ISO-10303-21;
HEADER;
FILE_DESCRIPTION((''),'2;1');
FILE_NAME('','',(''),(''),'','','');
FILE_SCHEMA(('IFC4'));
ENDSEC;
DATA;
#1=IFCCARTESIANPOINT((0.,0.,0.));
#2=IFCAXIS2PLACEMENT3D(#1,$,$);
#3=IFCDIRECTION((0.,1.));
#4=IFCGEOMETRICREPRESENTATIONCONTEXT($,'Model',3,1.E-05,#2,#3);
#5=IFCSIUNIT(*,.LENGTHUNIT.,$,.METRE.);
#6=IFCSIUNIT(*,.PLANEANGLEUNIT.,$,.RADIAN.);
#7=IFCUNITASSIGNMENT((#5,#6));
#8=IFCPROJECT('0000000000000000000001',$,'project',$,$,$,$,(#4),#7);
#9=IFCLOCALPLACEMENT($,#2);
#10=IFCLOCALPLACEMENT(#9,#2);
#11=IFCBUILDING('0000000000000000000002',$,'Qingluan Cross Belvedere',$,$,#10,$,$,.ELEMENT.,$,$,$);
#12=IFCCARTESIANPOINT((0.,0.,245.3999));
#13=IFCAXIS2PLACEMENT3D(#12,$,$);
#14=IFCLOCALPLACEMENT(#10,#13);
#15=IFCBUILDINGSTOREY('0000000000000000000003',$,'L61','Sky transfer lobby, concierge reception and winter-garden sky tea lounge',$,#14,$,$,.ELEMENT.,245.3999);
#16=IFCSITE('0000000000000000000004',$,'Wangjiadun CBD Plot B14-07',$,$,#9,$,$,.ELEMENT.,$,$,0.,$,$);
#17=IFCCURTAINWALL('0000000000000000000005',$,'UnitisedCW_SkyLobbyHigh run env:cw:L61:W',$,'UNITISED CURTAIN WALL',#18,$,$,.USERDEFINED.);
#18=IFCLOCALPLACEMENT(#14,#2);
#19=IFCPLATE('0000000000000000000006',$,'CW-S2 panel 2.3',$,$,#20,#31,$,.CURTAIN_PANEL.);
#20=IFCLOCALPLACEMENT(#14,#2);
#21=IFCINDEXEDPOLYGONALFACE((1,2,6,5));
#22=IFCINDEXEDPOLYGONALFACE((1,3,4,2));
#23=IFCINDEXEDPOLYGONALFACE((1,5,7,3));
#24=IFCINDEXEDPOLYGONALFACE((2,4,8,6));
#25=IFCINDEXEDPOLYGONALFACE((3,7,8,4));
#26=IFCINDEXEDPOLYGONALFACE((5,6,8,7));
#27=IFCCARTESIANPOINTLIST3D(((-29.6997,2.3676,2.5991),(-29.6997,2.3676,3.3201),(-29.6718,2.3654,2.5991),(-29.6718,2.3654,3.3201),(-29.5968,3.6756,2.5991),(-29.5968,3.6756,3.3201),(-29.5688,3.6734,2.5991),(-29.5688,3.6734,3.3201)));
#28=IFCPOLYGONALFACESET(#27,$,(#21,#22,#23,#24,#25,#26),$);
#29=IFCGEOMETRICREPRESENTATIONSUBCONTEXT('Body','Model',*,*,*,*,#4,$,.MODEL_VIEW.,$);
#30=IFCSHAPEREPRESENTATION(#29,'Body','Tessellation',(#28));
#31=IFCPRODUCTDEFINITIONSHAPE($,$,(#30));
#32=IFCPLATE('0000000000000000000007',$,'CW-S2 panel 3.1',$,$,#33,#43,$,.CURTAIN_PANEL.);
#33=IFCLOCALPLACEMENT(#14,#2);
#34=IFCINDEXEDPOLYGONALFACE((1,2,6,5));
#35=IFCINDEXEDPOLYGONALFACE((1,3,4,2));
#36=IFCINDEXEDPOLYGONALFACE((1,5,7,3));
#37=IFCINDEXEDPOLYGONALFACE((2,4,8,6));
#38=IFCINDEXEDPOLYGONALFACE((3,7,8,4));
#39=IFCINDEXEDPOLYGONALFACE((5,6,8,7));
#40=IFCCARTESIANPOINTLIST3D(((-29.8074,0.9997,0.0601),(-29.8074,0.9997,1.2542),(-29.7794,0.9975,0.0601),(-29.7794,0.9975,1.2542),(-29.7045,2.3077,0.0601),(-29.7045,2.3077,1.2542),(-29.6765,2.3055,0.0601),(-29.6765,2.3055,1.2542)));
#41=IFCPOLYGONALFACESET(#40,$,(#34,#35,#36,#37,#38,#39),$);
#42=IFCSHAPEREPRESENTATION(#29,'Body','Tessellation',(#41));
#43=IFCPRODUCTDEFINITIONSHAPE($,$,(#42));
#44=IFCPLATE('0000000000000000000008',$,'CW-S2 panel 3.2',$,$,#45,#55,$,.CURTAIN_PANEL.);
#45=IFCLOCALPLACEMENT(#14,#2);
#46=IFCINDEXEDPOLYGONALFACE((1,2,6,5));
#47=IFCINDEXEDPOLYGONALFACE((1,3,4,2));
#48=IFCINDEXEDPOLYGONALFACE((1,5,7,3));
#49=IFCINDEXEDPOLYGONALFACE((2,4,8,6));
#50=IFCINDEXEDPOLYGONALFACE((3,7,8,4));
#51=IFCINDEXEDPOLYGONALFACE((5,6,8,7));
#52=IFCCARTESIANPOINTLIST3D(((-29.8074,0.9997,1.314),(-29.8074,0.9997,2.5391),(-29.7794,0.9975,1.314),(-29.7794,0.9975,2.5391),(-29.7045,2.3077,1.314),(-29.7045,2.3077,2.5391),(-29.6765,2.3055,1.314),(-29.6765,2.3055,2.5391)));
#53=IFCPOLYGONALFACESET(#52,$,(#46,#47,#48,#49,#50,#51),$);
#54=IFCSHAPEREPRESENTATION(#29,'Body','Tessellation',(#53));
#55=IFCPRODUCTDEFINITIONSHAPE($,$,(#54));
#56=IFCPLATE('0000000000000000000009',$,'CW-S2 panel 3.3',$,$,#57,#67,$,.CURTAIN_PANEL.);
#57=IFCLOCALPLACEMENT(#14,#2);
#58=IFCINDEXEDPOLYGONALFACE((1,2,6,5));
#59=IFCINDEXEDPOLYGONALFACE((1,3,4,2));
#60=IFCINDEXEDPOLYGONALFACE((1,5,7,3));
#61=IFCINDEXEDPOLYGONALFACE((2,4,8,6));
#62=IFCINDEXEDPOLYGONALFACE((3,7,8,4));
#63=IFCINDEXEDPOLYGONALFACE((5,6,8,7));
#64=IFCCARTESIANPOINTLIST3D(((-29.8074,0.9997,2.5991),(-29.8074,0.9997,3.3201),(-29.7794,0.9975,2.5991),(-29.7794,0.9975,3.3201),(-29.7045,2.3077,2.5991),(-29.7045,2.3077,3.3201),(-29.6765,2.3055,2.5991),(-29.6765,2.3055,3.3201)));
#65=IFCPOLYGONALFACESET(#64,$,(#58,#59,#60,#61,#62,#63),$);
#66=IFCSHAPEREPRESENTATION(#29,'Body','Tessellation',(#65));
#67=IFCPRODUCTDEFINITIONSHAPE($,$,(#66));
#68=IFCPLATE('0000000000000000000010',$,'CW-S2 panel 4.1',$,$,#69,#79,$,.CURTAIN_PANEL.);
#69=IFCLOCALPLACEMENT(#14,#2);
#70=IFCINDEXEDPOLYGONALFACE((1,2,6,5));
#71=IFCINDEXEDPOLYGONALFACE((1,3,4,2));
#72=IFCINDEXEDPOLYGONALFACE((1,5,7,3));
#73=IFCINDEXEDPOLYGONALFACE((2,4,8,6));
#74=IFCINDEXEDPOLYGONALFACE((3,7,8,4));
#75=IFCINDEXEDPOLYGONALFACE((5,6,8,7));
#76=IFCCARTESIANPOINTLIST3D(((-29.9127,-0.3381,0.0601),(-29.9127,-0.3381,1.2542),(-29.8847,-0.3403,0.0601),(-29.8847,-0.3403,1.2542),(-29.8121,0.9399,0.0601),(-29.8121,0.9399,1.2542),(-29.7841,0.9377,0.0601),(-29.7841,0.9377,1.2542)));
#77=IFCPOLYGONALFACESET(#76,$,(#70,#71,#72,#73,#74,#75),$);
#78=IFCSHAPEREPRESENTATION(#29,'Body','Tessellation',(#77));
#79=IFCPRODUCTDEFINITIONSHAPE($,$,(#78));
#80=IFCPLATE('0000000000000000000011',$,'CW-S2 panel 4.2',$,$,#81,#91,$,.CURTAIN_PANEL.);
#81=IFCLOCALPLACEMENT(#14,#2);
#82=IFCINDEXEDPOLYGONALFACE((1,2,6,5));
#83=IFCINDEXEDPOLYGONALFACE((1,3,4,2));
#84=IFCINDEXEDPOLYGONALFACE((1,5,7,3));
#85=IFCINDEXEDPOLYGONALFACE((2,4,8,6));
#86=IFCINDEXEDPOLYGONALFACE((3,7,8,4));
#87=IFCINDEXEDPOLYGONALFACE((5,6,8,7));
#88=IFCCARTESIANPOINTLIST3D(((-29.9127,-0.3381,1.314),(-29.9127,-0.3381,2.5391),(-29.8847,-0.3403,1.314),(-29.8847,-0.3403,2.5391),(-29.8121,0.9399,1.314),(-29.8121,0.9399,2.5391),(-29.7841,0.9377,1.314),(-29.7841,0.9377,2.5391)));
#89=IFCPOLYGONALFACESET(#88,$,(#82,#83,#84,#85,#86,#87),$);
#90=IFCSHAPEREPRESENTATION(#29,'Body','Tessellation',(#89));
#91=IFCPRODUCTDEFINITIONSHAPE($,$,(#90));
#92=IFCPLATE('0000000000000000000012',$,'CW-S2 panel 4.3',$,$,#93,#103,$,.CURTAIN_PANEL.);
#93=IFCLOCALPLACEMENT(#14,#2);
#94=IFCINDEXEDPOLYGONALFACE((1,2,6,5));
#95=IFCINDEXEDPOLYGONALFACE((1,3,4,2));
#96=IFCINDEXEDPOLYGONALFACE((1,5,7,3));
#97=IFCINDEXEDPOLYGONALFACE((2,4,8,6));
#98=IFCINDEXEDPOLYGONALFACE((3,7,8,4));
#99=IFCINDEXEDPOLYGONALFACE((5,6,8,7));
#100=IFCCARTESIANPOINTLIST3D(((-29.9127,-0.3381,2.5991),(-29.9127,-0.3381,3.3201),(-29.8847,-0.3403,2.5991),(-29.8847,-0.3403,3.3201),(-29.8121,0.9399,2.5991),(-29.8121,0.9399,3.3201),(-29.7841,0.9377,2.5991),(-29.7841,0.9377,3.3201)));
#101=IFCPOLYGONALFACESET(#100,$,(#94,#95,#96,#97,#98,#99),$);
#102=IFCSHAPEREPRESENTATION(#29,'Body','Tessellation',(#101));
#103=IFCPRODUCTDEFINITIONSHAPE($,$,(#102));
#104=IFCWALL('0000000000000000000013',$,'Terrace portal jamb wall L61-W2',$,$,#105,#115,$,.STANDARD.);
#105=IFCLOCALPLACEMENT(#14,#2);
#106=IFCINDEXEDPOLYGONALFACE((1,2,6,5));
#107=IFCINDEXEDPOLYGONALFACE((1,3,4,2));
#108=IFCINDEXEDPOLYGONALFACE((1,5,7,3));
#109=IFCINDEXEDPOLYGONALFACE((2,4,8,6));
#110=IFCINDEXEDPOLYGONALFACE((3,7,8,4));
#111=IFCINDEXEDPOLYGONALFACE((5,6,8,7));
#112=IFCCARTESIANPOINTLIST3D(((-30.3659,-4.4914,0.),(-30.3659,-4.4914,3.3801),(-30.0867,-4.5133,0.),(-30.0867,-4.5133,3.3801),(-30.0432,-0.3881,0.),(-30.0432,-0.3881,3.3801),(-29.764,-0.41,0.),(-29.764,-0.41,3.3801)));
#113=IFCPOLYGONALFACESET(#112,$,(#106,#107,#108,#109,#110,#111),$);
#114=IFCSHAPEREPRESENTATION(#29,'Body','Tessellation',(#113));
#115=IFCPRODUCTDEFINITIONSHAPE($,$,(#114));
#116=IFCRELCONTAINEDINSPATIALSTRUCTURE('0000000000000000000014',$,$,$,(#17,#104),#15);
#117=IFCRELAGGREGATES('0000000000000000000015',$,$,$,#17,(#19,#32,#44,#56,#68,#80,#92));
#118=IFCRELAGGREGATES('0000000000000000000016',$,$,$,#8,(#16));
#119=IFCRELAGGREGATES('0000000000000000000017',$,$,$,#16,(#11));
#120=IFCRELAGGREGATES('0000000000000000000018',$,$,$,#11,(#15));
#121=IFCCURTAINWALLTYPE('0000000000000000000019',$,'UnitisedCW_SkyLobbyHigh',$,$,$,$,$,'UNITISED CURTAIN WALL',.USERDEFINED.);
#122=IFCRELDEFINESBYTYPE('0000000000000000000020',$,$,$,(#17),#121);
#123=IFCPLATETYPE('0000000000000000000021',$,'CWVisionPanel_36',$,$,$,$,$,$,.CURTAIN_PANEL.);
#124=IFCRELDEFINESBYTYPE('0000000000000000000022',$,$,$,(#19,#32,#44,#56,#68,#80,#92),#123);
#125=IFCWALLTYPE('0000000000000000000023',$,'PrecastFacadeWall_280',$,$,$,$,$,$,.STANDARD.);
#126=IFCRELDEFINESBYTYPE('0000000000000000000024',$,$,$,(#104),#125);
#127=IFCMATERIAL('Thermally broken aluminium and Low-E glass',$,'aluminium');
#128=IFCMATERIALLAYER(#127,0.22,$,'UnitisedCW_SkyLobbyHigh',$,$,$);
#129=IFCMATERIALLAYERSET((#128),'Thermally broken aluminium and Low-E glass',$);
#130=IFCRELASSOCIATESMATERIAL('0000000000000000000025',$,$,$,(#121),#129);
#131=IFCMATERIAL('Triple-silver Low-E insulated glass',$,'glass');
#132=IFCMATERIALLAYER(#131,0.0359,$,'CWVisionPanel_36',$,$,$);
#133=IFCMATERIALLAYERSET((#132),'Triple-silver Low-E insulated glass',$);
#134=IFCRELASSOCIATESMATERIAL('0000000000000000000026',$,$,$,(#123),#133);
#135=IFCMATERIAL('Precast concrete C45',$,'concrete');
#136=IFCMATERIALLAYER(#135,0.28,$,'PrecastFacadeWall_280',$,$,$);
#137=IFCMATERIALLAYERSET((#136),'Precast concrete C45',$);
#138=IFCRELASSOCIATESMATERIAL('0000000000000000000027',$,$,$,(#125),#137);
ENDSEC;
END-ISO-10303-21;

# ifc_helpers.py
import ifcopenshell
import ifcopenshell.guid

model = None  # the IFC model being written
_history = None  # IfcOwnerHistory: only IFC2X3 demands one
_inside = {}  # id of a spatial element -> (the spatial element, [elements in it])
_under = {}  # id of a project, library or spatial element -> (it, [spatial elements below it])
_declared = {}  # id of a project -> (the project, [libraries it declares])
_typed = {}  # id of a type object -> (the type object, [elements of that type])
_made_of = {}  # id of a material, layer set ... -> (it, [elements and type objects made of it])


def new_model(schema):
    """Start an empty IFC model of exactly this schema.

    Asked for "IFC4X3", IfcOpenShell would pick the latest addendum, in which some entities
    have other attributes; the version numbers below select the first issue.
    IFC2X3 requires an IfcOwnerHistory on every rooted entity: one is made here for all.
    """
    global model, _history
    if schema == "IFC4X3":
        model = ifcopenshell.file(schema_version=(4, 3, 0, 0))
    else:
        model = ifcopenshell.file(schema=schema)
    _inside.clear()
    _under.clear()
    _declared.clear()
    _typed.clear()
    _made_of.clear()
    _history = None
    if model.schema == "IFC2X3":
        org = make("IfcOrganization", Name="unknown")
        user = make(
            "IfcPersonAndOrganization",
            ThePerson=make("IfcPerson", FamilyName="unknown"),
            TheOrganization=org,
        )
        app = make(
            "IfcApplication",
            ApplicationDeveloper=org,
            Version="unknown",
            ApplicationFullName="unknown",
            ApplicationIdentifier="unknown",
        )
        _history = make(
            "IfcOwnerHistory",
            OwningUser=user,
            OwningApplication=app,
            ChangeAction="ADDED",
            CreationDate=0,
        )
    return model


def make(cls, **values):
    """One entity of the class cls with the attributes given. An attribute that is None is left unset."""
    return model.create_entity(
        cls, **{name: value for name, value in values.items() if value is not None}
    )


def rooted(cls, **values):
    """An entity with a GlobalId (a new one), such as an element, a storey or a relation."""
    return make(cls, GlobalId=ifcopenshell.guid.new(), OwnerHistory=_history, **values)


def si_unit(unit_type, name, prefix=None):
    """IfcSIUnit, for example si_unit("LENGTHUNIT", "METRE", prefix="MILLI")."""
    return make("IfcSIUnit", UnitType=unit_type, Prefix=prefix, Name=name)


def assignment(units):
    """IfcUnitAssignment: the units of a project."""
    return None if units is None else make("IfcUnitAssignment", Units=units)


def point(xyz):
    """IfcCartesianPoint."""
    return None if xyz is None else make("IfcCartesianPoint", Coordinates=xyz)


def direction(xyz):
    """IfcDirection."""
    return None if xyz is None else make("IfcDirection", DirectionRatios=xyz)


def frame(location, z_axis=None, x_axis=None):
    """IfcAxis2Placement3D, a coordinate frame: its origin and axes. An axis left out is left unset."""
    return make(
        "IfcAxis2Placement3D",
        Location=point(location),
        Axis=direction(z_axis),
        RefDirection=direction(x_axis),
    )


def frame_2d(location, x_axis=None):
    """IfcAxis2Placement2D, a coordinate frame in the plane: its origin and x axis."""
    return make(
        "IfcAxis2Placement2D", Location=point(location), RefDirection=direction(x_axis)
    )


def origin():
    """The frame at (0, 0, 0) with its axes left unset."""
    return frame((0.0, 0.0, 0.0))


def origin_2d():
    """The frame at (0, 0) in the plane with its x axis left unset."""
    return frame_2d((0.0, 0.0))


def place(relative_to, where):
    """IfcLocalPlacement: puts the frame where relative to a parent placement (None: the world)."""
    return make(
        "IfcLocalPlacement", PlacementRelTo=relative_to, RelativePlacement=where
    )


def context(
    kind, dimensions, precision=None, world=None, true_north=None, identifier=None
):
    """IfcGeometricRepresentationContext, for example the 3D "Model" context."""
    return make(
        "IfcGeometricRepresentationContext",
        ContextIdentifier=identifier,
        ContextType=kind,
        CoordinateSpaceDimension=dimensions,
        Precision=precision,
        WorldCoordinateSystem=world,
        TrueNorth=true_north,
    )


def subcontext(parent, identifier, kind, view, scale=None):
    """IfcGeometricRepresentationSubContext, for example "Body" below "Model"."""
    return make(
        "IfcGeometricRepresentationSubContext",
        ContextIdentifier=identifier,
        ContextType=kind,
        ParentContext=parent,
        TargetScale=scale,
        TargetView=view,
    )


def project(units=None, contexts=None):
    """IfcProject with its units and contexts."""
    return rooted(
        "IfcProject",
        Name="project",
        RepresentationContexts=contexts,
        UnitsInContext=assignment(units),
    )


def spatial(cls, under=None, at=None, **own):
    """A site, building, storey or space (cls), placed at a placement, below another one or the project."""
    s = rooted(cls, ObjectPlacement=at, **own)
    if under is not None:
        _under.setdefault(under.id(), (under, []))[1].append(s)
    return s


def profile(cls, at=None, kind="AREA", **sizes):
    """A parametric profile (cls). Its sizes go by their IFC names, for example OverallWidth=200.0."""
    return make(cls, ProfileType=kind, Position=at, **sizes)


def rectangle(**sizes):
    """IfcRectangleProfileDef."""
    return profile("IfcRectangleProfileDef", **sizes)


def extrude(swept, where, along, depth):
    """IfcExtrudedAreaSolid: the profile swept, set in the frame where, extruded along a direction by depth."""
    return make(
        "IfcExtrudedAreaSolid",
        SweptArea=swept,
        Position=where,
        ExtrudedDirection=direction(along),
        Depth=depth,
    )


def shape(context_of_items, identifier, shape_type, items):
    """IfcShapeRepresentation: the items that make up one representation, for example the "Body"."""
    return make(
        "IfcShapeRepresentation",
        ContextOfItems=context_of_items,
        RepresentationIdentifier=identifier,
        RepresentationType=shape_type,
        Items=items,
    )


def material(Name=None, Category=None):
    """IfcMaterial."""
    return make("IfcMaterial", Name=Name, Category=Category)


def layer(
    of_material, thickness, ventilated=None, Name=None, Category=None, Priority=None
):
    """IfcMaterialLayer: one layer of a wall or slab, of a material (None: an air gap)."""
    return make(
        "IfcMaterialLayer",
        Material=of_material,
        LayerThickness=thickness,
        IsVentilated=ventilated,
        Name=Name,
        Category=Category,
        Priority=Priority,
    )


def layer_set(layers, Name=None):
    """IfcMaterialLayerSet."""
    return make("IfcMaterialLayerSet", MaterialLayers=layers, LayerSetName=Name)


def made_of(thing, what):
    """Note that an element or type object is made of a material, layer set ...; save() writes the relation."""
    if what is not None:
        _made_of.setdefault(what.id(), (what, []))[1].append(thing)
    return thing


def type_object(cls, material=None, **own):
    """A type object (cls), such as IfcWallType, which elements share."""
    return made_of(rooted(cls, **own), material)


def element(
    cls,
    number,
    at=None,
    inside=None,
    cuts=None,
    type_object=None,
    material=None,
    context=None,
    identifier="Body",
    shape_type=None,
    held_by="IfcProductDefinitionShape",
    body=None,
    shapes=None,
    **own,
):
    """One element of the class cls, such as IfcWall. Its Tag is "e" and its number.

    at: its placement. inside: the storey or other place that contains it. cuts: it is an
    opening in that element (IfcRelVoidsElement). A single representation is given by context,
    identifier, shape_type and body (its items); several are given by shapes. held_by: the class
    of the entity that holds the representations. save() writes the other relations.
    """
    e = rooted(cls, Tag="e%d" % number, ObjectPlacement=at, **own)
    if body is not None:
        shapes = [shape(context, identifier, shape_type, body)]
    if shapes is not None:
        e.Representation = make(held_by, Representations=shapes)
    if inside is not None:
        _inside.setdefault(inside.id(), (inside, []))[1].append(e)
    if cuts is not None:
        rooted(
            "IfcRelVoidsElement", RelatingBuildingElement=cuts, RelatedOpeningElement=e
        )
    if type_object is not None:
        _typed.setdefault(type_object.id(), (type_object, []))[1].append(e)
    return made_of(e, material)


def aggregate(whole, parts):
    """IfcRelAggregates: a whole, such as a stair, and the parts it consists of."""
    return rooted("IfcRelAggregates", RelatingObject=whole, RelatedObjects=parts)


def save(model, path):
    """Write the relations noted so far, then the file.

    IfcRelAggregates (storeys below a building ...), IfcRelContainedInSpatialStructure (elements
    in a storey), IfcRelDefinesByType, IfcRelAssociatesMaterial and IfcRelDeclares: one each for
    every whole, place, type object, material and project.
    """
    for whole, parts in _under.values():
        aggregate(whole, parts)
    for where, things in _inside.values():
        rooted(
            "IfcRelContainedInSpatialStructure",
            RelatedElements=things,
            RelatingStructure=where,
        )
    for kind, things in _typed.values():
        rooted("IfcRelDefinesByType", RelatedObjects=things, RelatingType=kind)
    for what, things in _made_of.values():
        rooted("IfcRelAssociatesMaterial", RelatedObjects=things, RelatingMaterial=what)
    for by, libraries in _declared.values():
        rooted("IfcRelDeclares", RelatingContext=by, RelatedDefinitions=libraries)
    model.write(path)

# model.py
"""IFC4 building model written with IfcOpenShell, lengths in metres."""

from ifc_helpers import new_model, si_unit, direction, frame, frame_2d, origin, origin_2d, place, context, subcontext, project, spatial, rectangle, extrude, material, layer, layer_set, type_object, element, aggregate, save


model = new_model("IFC4")

# Units and contexts
model_context = context("Model", 3, precision=1e-05, world=origin(), true_north=direction((0.0, 1.0)))
body_context = subcontext(model_context, "Body", "Model", "MODEL_VIEW")
ifc_project = project(units=[si_unit("LENGTHUNIT", "METRE"), si_unit("PLANEANGLEUNIT", "RADIAN")], contexts=[model_context])

# Site, building, storey
site_placement = place(None, origin())
site = spatial("IfcSite", under=ifc_project, at=site_placement, Name="Wangjiadun CBD Plot B14-07", CompositionType="ELEMENT", RefElevation=0.0)
building_placement = place(site_placement, origin())
building = spatial("IfcBuilding", under=site, at=building_placement, Name="Qingluan Cross Belvedere", CompositionType="ELEMENT")
storey_placement = place(building_placement, frame((0.0, 0.0, 245.3999)))
storey = spatial("IfcBuildingStorey", under=building, at=storey_placement, Name="L61", Description="Sky transfer lobby, concierge reception and winter-garden sky tea lounge", CompositionType="ELEMENT", Elevation=245.3999)

# Curtain wall, plates
ifc_material_1 = material(Name="Thermally broken aluminium and Low-E glass", Category="aluminium")
ifc_layer_1 = layer(ifc_material_1, 0.22, Name="UnitisedCW_SkyLobbyHigh")
ifc_layer_set_1 = layer_set([ifc_layer_1], Name="Thermally broken aluminium and Low-E glass")
curtain_wall_type = type_object("IfcCurtainWallType", Name="UnitisedCW_SkyLobbyHigh", ElementType="UNITISED CURTAIN WALL", PredefinedType="USERDEFINED", material=ifc_layer_set_1)
curtain_wall_placement = place(storey_placement, origin())
curtain_wall = element("IfcCurtainWall", 1, at=curtain_wall_placement, inside=storey, type_object=curtain_wall_type, Name="UnitisedCW_SkyLobbyHigh run env:cw:L61:W", ObjectType="UNITISED CURTAIN WALL", PredefinedType="USERDEFINED")
ifc_material_2 = material(Name="Triple-silver Low-E insulated glass", Category="glass")
ifc_layer_2 = layer(ifc_material_2, 0.0359, Name="CWVisionPanel_36")
ifc_layer_set_2 = layer_set([ifc_layer_2], Name="Triple-silver Low-E insulated glass")
plate_type = type_object("IfcPlateType", Name="CWVisionPanel_36", PredefinedType="CURTAIN_PANEL", material=ifc_layer_set_2)
plate_1_placement = place(storey_placement, frame((-29.6343, 3.0205, 2.5991), z_axis=(0.0, 0.0, 1.0), x_axis=(-0.078462, -0.996917, 0.0)))
plate_1 = element("IfcPlate", 2, at=plate_1_placement, type_object=plate_type, Name="CW-S2 panel 2.3", PredefinedType="CURTAIN_PANEL", context=body_context, shape_type="SweptSolid", body=[
    extrude(rectangle(XDim=1.312, YDim=0.0281, at=origin_2d()), origin(), (0.0, 0.0, 1.0), 0.7209),
])
plate_2_placement = place(storey_placement, frame((-29.7419, 1.6526, 0.0601), z_axis=(0.0, 0.0, 1.0), x_axis=(-0.078462, -0.996917, 0.0)))
plate_2 = element("IfcPlate", 3, at=plate_2_placement, type_object=plate_type, Name="CW-S2 panel 3.1", PredefinedType="CURTAIN_PANEL", context=body_context, shape_type="SweptSolid", body=[
    extrude(rectangle(XDim=1.312, YDim=0.0281, at=origin_2d()), origin(), (0.0, 0.0, 1.0), 1.1941),
])
plate_3_placement = place(storey_placement, frame((-29.7419, 1.6526, 1.314), z_axis=(0.0, 0.0, 1.0), x_axis=(-0.078462, -0.996917, 0.0)))
plate_3 = element("IfcPlate", 4, at=plate_3_placement, type_object=plate_type, Name="CW-S2 panel 3.2", PredefinedType="CURTAIN_PANEL", context=body_context, shape_type="SweptSolid", body=[
    extrude(rectangle(XDim=1.312, YDim=0.0281, at=origin_2d()), origin(), (0.0, 0.0, 1.0), 1.2251),
])
plate_4_placement = place(storey_placement, frame((-29.7419, 1.6526, 2.5991), z_axis=(0.0, 0.0, 1.0), x_axis=(-0.078462, -0.996917, 0.0)))
plate_4 = element("IfcPlate", 5, at=plate_4_placement, type_object=plate_type, Name="CW-S2 panel 3.3", PredefinedType="CURTAIN_PANEL", context=body_context, shape_type="SweptSolid", body=[
    extrude(rectangle(XDim=1.312, YDim=0.0281, at=origin_2d()), origin(), (0.0, 0.0, 1.0), 0.7209),
])
plate_5_placement = place(storey_placement, frame((-29.8484, 0.2998, 0.0601), z_axis=(0.0, 0.0, 1.0), x_axis=(-0.078462, -0.996917, 0.0)))
plate_5 = element("IfcPlate", 6, at=plate_5_placement, type_object=plate_type, Name="CW-S2 panel 4.1", PredefinedType="CURTAIN_PANEL", context=body_context, shape_type="SweptSolid", body=[
    extrude(rectangle(XDim=1.282, YDim=0.0281, at=origin_2d()), origin(), (0.0, 0.0, 1.0), 1.1941),
])
plate_6_placement = place(storey_placement, frame((-29.8484, 0.2998, 1.314), z_axis=(0.0, 0.0, 1.0), x_axis=(-0.078462, -0.996917, 0.0)))
plate_6 = element("IfcPlate", 7, at=plate_6_placement, type_object=plate_type, Name="CW-S2 panel 4.2", PredefinedType="CURTAIN_PANEL", context=body_context, shape_type="SweptSolid", body=[
    extrude(rectangle(XDim=1.282, YDim=0.0281, at=origin_2d()), origin(), (0.0, 0.0, 1.0), 1.2251),
])
plate_7_placement = place(storey_placement, frame((-29.8484, 0.2998, 2.5991), z_axis=(0.0, 0.0, 1.0), x_axis=(-0.078462, -0.996917, 0.0)))
plate_7 = element("IfcPlate", 8, at=plate_7_placement, type_object=plate_type, Name="CW-S2 panel 4.3", PredefinedType="CURTAIN_PANEL", context=body_context, shape_type="SweptSolid", body=[
    extrude(rectangle(XDim=1.282, YDim=0.0281, at=origin_2d()), origin(), (0.0, 0.0, 1.0), 0.7209),
])
aggregate(curtain_wall, [plate_1, plate_2, plate_3, plate_4, plate_5, plate_6, plate_7])

# Wall
ifc_material_3 = material(Name="Precast concrete C45", Category="concrete")
ifc_layer_3 = layer(ifc_material_3, 0.28, Name="PrecastFacadeWall_280")
ifc_layer_set_3 = layer_set([ifc_layer_3], Name="Precast concrete C45")
wall_type = type_object("IfcWallType", Name="PrecastFacadeWall_280", PredefinedType="STANDARD", material=ifc_layer_set_3)
wall_placement = place(storey_placement, frame((-29.9036, -0.3989, 0.0), z_axis=(0.0, 0.0, 1.0), x_axis=(-0.078415, -0.996921, 0.0)))
element("IfcWall", 9, at=wall_placement, inside=storey, type_object=wall_type, Name="Terrace portal jamb wall L61-W2", PredefinedType="STANDARD", context=body_context, shape_type="SweptSolid", body=[
    extrude(rectangle(XDim=4.116, YDim=0.28, at=frame_2d((2.0581, 0.0))), origin(), (0.0, 0.0, 1.0), 3.3801),
])

save(model, "model.ifc")
